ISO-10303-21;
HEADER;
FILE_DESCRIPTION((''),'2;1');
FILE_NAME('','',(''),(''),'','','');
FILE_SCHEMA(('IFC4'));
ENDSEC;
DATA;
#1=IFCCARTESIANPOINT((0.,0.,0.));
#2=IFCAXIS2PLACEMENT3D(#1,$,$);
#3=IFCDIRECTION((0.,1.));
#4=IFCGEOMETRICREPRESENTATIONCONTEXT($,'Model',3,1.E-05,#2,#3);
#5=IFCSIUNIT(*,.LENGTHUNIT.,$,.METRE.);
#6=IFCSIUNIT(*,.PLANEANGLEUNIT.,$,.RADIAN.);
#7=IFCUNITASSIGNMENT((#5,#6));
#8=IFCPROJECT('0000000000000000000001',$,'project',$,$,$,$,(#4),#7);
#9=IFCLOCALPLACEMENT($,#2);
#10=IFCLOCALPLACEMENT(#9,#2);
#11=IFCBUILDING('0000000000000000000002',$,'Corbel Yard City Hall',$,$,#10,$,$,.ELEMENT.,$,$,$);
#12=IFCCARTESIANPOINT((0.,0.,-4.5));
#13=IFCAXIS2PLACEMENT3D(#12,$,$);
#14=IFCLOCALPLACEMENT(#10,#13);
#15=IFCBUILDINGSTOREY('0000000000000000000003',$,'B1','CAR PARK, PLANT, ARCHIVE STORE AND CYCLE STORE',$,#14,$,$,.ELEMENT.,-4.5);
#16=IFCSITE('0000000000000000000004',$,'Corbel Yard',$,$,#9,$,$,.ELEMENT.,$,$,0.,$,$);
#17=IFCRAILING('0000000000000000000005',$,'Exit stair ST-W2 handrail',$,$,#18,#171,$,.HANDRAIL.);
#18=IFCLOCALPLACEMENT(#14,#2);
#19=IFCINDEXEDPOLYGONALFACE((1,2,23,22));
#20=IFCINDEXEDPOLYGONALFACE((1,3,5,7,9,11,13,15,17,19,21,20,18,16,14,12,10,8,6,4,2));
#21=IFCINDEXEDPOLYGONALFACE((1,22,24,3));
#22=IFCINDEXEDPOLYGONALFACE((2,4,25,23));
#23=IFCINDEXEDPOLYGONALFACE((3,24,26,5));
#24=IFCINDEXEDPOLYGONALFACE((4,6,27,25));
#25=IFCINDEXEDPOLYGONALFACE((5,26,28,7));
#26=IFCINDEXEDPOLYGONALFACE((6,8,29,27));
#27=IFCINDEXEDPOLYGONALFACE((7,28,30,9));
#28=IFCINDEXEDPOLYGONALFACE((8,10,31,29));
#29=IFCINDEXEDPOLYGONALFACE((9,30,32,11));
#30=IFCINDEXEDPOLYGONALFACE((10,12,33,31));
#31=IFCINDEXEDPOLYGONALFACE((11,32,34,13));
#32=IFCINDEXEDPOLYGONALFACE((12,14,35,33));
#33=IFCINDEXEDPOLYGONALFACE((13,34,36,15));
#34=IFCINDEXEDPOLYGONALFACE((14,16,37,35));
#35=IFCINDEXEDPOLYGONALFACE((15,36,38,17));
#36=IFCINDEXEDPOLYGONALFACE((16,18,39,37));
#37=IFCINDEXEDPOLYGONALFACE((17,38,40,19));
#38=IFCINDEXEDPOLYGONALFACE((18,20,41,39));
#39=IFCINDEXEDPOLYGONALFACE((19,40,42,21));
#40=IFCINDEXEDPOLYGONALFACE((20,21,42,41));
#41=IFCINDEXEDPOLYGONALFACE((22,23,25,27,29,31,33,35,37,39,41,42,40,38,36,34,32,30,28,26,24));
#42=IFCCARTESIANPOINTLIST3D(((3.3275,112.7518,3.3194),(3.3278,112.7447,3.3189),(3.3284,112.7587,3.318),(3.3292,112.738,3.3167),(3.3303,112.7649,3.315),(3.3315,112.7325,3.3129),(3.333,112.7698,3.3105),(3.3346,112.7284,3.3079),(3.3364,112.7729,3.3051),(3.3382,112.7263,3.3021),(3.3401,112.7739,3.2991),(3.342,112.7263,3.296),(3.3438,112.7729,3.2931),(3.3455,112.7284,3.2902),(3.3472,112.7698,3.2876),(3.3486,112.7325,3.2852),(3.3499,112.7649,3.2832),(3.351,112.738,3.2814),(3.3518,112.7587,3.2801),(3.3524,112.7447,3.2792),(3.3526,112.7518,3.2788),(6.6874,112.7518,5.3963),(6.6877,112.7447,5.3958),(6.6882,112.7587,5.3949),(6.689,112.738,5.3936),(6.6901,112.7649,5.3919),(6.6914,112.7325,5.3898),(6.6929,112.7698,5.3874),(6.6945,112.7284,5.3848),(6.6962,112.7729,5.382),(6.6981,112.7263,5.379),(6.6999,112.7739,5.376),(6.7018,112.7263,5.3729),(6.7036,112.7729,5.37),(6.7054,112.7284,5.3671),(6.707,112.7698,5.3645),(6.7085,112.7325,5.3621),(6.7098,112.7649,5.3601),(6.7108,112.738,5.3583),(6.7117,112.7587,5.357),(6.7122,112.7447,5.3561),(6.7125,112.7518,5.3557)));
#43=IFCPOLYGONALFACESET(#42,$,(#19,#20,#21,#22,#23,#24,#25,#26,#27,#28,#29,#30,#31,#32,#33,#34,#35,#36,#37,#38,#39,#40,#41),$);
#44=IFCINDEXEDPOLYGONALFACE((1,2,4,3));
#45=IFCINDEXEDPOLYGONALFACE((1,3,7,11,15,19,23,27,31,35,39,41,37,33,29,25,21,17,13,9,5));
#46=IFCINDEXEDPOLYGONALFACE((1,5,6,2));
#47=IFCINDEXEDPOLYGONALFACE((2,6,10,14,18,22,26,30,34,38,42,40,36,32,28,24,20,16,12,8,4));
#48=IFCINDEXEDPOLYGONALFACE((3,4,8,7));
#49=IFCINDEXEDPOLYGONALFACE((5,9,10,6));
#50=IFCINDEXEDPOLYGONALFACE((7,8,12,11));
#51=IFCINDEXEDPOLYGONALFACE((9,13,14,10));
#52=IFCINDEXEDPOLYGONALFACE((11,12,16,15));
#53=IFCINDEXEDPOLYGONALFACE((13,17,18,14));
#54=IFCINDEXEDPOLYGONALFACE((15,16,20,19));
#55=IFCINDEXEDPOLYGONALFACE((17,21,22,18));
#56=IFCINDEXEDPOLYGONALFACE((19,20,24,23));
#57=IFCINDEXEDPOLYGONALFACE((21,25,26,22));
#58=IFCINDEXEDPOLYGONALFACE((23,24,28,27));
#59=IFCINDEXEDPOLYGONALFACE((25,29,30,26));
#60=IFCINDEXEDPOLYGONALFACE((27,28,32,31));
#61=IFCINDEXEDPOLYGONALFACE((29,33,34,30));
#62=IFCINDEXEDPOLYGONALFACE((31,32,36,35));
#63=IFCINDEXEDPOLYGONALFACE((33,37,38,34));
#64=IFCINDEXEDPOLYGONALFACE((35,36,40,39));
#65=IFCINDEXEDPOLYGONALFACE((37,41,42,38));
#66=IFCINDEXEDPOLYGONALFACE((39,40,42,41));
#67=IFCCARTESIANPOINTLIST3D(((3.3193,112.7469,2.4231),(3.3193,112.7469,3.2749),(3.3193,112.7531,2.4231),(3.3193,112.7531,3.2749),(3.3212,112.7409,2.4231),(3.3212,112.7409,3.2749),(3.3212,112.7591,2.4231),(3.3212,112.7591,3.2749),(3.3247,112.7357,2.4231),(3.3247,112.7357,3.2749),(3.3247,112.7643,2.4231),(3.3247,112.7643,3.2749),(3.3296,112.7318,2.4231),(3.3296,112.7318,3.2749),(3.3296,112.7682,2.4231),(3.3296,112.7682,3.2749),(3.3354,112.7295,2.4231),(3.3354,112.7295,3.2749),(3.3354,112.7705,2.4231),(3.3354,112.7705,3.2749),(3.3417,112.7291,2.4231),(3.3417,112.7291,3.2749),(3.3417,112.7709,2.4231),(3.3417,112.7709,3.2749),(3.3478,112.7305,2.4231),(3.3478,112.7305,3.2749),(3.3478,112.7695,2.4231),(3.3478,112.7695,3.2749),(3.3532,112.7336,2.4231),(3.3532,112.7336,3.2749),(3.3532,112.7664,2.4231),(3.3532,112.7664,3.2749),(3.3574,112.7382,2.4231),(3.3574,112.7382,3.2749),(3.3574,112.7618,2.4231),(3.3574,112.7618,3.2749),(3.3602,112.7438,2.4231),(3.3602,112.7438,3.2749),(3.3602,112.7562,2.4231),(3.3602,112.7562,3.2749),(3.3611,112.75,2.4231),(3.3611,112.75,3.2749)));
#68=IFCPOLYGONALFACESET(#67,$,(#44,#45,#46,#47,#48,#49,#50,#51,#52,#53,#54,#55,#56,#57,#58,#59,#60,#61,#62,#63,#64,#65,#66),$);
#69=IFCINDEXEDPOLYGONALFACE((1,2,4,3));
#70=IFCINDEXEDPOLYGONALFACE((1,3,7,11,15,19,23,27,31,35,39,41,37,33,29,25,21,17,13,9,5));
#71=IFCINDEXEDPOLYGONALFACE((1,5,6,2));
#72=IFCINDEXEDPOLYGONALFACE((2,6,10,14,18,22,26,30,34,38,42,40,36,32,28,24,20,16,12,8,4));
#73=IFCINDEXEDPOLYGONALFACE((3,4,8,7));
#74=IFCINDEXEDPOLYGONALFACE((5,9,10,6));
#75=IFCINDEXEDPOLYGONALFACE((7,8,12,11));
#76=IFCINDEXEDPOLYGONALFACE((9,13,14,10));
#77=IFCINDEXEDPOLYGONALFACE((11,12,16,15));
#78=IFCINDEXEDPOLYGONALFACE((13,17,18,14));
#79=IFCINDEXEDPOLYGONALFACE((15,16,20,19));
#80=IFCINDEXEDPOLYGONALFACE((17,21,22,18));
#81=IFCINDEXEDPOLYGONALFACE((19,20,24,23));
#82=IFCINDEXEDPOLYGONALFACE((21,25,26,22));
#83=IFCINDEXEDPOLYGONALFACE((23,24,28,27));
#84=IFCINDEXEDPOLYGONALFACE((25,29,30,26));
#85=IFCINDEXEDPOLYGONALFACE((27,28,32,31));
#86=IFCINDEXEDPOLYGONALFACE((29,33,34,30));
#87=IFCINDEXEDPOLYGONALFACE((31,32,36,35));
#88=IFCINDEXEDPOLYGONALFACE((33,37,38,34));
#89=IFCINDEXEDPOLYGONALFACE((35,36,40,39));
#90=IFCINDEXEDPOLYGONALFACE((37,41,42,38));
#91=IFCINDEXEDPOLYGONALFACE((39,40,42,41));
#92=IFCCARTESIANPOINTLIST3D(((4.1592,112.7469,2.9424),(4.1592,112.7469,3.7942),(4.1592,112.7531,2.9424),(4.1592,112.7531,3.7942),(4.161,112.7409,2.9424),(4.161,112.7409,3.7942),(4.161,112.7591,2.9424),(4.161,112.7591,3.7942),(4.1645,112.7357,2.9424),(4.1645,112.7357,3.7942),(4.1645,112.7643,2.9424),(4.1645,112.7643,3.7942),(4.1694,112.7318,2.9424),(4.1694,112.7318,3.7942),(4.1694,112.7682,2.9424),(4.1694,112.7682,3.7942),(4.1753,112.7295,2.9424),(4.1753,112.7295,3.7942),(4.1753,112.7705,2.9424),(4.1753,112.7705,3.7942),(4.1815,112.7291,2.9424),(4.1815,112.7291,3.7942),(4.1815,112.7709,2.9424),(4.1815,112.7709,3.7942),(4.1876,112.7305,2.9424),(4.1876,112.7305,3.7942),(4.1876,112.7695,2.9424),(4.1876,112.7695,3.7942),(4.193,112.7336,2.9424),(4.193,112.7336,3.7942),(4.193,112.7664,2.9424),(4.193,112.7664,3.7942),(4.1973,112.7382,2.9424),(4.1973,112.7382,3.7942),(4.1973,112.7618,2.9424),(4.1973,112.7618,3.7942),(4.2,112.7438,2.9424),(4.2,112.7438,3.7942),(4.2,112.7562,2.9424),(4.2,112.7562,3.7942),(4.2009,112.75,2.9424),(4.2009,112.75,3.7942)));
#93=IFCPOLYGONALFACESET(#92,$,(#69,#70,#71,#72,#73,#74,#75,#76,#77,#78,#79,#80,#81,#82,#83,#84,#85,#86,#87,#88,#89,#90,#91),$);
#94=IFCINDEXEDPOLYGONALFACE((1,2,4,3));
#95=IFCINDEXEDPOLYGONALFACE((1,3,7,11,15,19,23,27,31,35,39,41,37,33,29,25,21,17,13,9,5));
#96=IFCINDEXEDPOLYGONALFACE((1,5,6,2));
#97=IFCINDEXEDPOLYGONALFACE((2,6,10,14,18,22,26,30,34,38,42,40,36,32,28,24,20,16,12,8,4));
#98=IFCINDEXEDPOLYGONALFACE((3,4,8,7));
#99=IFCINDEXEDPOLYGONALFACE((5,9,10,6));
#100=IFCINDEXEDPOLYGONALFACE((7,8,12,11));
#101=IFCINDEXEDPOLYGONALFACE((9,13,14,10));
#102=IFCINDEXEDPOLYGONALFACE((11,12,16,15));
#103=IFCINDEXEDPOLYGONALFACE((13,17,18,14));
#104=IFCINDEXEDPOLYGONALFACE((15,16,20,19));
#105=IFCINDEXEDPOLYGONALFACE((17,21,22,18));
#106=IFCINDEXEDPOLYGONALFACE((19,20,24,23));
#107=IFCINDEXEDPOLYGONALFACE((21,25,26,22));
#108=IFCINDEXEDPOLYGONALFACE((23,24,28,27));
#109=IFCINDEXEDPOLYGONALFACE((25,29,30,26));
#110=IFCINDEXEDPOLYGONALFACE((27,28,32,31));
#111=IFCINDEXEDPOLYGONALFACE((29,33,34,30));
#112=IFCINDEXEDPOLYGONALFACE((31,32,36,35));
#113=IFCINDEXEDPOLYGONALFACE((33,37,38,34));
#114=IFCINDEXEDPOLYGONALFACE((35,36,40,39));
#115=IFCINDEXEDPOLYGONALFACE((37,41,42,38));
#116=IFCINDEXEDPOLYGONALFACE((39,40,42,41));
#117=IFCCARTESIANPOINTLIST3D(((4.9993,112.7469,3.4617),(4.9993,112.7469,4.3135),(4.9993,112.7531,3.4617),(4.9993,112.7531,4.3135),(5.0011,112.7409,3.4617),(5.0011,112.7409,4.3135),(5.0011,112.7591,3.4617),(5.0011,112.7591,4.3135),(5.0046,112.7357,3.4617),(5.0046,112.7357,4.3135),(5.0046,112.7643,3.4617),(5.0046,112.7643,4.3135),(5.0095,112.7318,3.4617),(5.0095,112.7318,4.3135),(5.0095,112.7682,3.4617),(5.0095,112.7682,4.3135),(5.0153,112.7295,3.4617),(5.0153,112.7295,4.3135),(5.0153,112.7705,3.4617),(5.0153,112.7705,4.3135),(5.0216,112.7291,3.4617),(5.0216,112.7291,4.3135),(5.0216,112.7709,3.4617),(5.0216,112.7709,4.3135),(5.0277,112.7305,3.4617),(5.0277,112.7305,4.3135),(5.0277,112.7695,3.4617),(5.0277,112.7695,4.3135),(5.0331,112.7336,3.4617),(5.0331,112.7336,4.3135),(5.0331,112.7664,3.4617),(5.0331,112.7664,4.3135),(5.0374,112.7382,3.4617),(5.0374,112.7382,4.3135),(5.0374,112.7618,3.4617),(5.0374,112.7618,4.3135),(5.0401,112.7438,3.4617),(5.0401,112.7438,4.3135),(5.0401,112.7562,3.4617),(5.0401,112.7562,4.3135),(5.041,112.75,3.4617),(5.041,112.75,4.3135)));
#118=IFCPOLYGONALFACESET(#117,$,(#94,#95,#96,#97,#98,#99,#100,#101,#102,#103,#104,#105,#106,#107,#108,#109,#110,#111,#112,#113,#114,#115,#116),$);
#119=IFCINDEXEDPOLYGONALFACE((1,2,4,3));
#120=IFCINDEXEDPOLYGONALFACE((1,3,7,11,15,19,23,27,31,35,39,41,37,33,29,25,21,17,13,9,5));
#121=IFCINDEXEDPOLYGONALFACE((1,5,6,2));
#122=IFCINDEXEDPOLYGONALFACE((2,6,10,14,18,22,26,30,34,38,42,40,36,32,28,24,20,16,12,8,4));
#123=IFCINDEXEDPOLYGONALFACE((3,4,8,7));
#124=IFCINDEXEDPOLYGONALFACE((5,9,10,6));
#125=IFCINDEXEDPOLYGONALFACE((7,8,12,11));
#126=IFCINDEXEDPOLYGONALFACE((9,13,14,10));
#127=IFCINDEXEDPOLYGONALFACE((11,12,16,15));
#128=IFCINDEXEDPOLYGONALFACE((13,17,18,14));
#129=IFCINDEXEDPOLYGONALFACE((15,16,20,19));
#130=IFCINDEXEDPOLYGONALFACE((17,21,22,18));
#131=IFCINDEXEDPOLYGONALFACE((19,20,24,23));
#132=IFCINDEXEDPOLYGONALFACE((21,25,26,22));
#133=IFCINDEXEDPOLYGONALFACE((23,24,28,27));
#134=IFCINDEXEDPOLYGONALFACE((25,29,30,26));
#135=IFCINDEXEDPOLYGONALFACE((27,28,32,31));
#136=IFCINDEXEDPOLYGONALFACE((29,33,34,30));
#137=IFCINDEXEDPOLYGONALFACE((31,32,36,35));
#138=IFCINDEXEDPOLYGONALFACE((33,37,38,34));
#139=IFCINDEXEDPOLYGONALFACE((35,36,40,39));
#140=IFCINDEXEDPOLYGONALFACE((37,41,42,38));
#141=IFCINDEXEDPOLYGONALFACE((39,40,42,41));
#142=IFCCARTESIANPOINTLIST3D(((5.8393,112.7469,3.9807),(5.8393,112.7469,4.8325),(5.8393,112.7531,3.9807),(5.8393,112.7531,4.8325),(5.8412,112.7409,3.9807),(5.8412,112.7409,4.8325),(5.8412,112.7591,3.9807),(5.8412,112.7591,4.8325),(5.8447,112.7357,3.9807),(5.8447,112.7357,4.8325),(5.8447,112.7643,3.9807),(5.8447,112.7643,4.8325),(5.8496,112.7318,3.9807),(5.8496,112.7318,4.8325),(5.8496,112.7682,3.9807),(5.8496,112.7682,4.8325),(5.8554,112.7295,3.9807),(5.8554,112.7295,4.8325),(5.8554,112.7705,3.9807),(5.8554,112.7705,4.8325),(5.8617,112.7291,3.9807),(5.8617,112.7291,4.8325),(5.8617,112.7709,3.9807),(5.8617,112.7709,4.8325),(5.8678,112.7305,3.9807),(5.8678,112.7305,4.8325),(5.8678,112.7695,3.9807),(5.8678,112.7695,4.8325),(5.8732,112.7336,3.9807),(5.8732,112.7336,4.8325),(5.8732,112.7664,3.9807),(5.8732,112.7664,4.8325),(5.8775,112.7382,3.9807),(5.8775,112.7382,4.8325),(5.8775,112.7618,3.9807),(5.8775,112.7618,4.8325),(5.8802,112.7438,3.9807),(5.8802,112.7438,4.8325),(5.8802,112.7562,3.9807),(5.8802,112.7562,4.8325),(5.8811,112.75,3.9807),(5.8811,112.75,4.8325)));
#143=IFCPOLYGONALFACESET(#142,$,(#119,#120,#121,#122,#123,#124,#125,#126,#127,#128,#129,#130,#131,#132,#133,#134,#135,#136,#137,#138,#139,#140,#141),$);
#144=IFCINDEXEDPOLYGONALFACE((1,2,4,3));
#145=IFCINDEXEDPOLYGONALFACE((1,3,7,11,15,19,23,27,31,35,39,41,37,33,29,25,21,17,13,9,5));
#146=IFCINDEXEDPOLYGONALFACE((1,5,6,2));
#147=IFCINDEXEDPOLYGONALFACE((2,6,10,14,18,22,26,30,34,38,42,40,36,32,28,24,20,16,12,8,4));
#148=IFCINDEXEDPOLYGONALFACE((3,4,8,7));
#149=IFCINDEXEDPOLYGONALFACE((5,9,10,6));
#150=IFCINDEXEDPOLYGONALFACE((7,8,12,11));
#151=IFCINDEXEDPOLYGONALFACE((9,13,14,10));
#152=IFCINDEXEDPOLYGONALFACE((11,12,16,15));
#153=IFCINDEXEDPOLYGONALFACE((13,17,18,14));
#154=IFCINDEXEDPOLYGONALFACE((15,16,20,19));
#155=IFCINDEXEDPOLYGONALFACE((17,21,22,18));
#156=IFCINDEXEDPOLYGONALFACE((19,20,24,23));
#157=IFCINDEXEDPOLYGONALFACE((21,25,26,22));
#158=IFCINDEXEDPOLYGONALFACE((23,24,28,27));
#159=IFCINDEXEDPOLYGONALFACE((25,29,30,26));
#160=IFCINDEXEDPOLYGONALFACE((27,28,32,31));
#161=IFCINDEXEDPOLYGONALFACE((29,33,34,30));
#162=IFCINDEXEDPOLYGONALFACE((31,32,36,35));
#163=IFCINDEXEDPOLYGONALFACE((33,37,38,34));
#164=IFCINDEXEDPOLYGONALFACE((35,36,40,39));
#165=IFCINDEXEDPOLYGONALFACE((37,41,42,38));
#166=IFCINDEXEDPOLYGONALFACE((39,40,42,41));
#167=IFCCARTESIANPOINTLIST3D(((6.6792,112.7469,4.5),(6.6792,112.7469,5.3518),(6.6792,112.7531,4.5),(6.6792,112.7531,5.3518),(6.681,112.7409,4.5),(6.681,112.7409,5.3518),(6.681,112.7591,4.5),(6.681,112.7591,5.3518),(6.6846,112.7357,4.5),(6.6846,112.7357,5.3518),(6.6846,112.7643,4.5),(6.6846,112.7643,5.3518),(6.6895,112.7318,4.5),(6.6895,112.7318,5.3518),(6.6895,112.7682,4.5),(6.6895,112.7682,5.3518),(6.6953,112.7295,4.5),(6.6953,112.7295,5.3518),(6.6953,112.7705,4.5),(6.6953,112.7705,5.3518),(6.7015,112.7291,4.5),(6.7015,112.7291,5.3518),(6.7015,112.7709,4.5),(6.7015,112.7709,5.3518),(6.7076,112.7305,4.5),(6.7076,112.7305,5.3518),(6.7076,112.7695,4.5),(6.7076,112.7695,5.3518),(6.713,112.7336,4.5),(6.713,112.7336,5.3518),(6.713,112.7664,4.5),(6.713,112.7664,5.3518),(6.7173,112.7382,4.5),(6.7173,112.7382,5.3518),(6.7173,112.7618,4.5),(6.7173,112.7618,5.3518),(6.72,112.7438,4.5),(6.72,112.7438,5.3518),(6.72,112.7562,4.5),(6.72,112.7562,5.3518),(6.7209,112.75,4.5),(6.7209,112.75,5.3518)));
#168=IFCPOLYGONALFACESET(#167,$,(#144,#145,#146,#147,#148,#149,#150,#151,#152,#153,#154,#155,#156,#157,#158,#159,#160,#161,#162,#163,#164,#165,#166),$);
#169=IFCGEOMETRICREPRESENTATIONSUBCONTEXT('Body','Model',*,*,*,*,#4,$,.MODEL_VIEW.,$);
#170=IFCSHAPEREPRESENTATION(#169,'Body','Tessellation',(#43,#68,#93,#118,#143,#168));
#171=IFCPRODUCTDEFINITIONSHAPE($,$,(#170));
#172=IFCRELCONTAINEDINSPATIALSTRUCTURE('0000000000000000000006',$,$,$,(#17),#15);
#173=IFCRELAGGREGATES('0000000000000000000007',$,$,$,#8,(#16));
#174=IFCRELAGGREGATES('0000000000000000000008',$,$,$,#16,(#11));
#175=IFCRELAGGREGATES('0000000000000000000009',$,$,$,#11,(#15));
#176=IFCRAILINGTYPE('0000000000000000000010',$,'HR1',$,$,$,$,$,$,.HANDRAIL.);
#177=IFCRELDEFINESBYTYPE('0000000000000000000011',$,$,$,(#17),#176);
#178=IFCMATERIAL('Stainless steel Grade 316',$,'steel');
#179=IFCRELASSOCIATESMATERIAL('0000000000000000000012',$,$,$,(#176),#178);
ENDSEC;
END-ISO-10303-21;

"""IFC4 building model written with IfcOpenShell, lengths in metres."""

from ifc_helpers import new_model, si_unit, direction, frame, origin, origin_2d, place, context, subcontext, project, spatial, circle, extrude, material, type_object, element, save


model = new_model("IFC4")

# Units and contexts
model_context = context("Model", 3, precision=1e-05, world=origin(), true_north=direction((0.0, 1.0)))
body_context = subcontext(model_context, "Body", "Model", "MODEL_VIEW")
ifc_project = project(units=[si_unit("LENGTHUNIT", "METRE"), si_unit("PLANEANGLEUNIT", "RADIAN")], contexts=[model_context])

# Site, building, storey
site_placement = place(None, origin())
site = spatial("IfcSite", under=ifc_project, at=site_placement, Name="Corbel Yard", CompositionType="ELEMENT", RefElevation=0.0)
building_placement = place(site_placement, origin())
building = spatial("IfcBuilding", under=site, at=building_placement, Name="Corbel Yard City Hall", CompositionType="ELEMENT")
storey_placement = place(building_placement, frame((0.0, 0.0, -4.5)))
storey = spatial("IfcBuildingStorey", under=building, at=storey_placement, Name="B1", Description="CAR PARK, PLANT, ARCHIVE STORE AND CYCLE STORE", CompositionType="ELEMENT", Elevation=-4.5)

# Railing
ifc_material_1 = material(Name="Stainless steel Grade 316", Category="steel")
railing_type = type_object("IfcRailingType", Name="HR1", PredefinedType="HANDRAIL", material=ifc_material_1)
for number, where, name in (
    (1, (3.3401, 112.75, 2.4231), "Exit stair ST-W2 handrail"),
):
    element("IfcRailing", number, at=place(storey_placement, frame(where)), inside=storey, type_object=railing_type, Name=name, PredefinedType="HANDRAIL", context=body_context, shape_type="SweptSolid", body=[
        extrude(circle(Radius=0.0239, at=origin_2d()), frame((0.0, 0.0, 0.876), z_axis=(0.850606, 0.0, 0.525803), x_axis=(0.0, 1.0, 0.0)), (0.0, 0.0, 1.0), 3.95),
        extrude(circle(Radius=0.021, at=origin_2d()), origin(), (0.0, 0.0, 1.0), 0.8518),
        extrude(circle(Radius=0.021, at=origin_2d()), frame((0.8398, 0.0, 0.5193)), (0.0, 0.0, 1.0), 0.8518),
        extrude(circle(Radius=0.021, at=origin_2d()), frame((1.6799, 0.0, 1.0386)), (0.0, 0.0, 1.0), 0.8518),
        extrude(circle(Radius=0.021, at=origin_2d()), frame((2.52, 0.0, 1.5576)), (0.0, 0.0, 1.0), 0.8518),
        extrude(circle(Radius=0.021, at=origin_2d()), frame((3.3599, 0.0, 2.0769)), (0.0, 0.0, 1.0), 0.8518),
    ])

save(model, "model.ifc")
